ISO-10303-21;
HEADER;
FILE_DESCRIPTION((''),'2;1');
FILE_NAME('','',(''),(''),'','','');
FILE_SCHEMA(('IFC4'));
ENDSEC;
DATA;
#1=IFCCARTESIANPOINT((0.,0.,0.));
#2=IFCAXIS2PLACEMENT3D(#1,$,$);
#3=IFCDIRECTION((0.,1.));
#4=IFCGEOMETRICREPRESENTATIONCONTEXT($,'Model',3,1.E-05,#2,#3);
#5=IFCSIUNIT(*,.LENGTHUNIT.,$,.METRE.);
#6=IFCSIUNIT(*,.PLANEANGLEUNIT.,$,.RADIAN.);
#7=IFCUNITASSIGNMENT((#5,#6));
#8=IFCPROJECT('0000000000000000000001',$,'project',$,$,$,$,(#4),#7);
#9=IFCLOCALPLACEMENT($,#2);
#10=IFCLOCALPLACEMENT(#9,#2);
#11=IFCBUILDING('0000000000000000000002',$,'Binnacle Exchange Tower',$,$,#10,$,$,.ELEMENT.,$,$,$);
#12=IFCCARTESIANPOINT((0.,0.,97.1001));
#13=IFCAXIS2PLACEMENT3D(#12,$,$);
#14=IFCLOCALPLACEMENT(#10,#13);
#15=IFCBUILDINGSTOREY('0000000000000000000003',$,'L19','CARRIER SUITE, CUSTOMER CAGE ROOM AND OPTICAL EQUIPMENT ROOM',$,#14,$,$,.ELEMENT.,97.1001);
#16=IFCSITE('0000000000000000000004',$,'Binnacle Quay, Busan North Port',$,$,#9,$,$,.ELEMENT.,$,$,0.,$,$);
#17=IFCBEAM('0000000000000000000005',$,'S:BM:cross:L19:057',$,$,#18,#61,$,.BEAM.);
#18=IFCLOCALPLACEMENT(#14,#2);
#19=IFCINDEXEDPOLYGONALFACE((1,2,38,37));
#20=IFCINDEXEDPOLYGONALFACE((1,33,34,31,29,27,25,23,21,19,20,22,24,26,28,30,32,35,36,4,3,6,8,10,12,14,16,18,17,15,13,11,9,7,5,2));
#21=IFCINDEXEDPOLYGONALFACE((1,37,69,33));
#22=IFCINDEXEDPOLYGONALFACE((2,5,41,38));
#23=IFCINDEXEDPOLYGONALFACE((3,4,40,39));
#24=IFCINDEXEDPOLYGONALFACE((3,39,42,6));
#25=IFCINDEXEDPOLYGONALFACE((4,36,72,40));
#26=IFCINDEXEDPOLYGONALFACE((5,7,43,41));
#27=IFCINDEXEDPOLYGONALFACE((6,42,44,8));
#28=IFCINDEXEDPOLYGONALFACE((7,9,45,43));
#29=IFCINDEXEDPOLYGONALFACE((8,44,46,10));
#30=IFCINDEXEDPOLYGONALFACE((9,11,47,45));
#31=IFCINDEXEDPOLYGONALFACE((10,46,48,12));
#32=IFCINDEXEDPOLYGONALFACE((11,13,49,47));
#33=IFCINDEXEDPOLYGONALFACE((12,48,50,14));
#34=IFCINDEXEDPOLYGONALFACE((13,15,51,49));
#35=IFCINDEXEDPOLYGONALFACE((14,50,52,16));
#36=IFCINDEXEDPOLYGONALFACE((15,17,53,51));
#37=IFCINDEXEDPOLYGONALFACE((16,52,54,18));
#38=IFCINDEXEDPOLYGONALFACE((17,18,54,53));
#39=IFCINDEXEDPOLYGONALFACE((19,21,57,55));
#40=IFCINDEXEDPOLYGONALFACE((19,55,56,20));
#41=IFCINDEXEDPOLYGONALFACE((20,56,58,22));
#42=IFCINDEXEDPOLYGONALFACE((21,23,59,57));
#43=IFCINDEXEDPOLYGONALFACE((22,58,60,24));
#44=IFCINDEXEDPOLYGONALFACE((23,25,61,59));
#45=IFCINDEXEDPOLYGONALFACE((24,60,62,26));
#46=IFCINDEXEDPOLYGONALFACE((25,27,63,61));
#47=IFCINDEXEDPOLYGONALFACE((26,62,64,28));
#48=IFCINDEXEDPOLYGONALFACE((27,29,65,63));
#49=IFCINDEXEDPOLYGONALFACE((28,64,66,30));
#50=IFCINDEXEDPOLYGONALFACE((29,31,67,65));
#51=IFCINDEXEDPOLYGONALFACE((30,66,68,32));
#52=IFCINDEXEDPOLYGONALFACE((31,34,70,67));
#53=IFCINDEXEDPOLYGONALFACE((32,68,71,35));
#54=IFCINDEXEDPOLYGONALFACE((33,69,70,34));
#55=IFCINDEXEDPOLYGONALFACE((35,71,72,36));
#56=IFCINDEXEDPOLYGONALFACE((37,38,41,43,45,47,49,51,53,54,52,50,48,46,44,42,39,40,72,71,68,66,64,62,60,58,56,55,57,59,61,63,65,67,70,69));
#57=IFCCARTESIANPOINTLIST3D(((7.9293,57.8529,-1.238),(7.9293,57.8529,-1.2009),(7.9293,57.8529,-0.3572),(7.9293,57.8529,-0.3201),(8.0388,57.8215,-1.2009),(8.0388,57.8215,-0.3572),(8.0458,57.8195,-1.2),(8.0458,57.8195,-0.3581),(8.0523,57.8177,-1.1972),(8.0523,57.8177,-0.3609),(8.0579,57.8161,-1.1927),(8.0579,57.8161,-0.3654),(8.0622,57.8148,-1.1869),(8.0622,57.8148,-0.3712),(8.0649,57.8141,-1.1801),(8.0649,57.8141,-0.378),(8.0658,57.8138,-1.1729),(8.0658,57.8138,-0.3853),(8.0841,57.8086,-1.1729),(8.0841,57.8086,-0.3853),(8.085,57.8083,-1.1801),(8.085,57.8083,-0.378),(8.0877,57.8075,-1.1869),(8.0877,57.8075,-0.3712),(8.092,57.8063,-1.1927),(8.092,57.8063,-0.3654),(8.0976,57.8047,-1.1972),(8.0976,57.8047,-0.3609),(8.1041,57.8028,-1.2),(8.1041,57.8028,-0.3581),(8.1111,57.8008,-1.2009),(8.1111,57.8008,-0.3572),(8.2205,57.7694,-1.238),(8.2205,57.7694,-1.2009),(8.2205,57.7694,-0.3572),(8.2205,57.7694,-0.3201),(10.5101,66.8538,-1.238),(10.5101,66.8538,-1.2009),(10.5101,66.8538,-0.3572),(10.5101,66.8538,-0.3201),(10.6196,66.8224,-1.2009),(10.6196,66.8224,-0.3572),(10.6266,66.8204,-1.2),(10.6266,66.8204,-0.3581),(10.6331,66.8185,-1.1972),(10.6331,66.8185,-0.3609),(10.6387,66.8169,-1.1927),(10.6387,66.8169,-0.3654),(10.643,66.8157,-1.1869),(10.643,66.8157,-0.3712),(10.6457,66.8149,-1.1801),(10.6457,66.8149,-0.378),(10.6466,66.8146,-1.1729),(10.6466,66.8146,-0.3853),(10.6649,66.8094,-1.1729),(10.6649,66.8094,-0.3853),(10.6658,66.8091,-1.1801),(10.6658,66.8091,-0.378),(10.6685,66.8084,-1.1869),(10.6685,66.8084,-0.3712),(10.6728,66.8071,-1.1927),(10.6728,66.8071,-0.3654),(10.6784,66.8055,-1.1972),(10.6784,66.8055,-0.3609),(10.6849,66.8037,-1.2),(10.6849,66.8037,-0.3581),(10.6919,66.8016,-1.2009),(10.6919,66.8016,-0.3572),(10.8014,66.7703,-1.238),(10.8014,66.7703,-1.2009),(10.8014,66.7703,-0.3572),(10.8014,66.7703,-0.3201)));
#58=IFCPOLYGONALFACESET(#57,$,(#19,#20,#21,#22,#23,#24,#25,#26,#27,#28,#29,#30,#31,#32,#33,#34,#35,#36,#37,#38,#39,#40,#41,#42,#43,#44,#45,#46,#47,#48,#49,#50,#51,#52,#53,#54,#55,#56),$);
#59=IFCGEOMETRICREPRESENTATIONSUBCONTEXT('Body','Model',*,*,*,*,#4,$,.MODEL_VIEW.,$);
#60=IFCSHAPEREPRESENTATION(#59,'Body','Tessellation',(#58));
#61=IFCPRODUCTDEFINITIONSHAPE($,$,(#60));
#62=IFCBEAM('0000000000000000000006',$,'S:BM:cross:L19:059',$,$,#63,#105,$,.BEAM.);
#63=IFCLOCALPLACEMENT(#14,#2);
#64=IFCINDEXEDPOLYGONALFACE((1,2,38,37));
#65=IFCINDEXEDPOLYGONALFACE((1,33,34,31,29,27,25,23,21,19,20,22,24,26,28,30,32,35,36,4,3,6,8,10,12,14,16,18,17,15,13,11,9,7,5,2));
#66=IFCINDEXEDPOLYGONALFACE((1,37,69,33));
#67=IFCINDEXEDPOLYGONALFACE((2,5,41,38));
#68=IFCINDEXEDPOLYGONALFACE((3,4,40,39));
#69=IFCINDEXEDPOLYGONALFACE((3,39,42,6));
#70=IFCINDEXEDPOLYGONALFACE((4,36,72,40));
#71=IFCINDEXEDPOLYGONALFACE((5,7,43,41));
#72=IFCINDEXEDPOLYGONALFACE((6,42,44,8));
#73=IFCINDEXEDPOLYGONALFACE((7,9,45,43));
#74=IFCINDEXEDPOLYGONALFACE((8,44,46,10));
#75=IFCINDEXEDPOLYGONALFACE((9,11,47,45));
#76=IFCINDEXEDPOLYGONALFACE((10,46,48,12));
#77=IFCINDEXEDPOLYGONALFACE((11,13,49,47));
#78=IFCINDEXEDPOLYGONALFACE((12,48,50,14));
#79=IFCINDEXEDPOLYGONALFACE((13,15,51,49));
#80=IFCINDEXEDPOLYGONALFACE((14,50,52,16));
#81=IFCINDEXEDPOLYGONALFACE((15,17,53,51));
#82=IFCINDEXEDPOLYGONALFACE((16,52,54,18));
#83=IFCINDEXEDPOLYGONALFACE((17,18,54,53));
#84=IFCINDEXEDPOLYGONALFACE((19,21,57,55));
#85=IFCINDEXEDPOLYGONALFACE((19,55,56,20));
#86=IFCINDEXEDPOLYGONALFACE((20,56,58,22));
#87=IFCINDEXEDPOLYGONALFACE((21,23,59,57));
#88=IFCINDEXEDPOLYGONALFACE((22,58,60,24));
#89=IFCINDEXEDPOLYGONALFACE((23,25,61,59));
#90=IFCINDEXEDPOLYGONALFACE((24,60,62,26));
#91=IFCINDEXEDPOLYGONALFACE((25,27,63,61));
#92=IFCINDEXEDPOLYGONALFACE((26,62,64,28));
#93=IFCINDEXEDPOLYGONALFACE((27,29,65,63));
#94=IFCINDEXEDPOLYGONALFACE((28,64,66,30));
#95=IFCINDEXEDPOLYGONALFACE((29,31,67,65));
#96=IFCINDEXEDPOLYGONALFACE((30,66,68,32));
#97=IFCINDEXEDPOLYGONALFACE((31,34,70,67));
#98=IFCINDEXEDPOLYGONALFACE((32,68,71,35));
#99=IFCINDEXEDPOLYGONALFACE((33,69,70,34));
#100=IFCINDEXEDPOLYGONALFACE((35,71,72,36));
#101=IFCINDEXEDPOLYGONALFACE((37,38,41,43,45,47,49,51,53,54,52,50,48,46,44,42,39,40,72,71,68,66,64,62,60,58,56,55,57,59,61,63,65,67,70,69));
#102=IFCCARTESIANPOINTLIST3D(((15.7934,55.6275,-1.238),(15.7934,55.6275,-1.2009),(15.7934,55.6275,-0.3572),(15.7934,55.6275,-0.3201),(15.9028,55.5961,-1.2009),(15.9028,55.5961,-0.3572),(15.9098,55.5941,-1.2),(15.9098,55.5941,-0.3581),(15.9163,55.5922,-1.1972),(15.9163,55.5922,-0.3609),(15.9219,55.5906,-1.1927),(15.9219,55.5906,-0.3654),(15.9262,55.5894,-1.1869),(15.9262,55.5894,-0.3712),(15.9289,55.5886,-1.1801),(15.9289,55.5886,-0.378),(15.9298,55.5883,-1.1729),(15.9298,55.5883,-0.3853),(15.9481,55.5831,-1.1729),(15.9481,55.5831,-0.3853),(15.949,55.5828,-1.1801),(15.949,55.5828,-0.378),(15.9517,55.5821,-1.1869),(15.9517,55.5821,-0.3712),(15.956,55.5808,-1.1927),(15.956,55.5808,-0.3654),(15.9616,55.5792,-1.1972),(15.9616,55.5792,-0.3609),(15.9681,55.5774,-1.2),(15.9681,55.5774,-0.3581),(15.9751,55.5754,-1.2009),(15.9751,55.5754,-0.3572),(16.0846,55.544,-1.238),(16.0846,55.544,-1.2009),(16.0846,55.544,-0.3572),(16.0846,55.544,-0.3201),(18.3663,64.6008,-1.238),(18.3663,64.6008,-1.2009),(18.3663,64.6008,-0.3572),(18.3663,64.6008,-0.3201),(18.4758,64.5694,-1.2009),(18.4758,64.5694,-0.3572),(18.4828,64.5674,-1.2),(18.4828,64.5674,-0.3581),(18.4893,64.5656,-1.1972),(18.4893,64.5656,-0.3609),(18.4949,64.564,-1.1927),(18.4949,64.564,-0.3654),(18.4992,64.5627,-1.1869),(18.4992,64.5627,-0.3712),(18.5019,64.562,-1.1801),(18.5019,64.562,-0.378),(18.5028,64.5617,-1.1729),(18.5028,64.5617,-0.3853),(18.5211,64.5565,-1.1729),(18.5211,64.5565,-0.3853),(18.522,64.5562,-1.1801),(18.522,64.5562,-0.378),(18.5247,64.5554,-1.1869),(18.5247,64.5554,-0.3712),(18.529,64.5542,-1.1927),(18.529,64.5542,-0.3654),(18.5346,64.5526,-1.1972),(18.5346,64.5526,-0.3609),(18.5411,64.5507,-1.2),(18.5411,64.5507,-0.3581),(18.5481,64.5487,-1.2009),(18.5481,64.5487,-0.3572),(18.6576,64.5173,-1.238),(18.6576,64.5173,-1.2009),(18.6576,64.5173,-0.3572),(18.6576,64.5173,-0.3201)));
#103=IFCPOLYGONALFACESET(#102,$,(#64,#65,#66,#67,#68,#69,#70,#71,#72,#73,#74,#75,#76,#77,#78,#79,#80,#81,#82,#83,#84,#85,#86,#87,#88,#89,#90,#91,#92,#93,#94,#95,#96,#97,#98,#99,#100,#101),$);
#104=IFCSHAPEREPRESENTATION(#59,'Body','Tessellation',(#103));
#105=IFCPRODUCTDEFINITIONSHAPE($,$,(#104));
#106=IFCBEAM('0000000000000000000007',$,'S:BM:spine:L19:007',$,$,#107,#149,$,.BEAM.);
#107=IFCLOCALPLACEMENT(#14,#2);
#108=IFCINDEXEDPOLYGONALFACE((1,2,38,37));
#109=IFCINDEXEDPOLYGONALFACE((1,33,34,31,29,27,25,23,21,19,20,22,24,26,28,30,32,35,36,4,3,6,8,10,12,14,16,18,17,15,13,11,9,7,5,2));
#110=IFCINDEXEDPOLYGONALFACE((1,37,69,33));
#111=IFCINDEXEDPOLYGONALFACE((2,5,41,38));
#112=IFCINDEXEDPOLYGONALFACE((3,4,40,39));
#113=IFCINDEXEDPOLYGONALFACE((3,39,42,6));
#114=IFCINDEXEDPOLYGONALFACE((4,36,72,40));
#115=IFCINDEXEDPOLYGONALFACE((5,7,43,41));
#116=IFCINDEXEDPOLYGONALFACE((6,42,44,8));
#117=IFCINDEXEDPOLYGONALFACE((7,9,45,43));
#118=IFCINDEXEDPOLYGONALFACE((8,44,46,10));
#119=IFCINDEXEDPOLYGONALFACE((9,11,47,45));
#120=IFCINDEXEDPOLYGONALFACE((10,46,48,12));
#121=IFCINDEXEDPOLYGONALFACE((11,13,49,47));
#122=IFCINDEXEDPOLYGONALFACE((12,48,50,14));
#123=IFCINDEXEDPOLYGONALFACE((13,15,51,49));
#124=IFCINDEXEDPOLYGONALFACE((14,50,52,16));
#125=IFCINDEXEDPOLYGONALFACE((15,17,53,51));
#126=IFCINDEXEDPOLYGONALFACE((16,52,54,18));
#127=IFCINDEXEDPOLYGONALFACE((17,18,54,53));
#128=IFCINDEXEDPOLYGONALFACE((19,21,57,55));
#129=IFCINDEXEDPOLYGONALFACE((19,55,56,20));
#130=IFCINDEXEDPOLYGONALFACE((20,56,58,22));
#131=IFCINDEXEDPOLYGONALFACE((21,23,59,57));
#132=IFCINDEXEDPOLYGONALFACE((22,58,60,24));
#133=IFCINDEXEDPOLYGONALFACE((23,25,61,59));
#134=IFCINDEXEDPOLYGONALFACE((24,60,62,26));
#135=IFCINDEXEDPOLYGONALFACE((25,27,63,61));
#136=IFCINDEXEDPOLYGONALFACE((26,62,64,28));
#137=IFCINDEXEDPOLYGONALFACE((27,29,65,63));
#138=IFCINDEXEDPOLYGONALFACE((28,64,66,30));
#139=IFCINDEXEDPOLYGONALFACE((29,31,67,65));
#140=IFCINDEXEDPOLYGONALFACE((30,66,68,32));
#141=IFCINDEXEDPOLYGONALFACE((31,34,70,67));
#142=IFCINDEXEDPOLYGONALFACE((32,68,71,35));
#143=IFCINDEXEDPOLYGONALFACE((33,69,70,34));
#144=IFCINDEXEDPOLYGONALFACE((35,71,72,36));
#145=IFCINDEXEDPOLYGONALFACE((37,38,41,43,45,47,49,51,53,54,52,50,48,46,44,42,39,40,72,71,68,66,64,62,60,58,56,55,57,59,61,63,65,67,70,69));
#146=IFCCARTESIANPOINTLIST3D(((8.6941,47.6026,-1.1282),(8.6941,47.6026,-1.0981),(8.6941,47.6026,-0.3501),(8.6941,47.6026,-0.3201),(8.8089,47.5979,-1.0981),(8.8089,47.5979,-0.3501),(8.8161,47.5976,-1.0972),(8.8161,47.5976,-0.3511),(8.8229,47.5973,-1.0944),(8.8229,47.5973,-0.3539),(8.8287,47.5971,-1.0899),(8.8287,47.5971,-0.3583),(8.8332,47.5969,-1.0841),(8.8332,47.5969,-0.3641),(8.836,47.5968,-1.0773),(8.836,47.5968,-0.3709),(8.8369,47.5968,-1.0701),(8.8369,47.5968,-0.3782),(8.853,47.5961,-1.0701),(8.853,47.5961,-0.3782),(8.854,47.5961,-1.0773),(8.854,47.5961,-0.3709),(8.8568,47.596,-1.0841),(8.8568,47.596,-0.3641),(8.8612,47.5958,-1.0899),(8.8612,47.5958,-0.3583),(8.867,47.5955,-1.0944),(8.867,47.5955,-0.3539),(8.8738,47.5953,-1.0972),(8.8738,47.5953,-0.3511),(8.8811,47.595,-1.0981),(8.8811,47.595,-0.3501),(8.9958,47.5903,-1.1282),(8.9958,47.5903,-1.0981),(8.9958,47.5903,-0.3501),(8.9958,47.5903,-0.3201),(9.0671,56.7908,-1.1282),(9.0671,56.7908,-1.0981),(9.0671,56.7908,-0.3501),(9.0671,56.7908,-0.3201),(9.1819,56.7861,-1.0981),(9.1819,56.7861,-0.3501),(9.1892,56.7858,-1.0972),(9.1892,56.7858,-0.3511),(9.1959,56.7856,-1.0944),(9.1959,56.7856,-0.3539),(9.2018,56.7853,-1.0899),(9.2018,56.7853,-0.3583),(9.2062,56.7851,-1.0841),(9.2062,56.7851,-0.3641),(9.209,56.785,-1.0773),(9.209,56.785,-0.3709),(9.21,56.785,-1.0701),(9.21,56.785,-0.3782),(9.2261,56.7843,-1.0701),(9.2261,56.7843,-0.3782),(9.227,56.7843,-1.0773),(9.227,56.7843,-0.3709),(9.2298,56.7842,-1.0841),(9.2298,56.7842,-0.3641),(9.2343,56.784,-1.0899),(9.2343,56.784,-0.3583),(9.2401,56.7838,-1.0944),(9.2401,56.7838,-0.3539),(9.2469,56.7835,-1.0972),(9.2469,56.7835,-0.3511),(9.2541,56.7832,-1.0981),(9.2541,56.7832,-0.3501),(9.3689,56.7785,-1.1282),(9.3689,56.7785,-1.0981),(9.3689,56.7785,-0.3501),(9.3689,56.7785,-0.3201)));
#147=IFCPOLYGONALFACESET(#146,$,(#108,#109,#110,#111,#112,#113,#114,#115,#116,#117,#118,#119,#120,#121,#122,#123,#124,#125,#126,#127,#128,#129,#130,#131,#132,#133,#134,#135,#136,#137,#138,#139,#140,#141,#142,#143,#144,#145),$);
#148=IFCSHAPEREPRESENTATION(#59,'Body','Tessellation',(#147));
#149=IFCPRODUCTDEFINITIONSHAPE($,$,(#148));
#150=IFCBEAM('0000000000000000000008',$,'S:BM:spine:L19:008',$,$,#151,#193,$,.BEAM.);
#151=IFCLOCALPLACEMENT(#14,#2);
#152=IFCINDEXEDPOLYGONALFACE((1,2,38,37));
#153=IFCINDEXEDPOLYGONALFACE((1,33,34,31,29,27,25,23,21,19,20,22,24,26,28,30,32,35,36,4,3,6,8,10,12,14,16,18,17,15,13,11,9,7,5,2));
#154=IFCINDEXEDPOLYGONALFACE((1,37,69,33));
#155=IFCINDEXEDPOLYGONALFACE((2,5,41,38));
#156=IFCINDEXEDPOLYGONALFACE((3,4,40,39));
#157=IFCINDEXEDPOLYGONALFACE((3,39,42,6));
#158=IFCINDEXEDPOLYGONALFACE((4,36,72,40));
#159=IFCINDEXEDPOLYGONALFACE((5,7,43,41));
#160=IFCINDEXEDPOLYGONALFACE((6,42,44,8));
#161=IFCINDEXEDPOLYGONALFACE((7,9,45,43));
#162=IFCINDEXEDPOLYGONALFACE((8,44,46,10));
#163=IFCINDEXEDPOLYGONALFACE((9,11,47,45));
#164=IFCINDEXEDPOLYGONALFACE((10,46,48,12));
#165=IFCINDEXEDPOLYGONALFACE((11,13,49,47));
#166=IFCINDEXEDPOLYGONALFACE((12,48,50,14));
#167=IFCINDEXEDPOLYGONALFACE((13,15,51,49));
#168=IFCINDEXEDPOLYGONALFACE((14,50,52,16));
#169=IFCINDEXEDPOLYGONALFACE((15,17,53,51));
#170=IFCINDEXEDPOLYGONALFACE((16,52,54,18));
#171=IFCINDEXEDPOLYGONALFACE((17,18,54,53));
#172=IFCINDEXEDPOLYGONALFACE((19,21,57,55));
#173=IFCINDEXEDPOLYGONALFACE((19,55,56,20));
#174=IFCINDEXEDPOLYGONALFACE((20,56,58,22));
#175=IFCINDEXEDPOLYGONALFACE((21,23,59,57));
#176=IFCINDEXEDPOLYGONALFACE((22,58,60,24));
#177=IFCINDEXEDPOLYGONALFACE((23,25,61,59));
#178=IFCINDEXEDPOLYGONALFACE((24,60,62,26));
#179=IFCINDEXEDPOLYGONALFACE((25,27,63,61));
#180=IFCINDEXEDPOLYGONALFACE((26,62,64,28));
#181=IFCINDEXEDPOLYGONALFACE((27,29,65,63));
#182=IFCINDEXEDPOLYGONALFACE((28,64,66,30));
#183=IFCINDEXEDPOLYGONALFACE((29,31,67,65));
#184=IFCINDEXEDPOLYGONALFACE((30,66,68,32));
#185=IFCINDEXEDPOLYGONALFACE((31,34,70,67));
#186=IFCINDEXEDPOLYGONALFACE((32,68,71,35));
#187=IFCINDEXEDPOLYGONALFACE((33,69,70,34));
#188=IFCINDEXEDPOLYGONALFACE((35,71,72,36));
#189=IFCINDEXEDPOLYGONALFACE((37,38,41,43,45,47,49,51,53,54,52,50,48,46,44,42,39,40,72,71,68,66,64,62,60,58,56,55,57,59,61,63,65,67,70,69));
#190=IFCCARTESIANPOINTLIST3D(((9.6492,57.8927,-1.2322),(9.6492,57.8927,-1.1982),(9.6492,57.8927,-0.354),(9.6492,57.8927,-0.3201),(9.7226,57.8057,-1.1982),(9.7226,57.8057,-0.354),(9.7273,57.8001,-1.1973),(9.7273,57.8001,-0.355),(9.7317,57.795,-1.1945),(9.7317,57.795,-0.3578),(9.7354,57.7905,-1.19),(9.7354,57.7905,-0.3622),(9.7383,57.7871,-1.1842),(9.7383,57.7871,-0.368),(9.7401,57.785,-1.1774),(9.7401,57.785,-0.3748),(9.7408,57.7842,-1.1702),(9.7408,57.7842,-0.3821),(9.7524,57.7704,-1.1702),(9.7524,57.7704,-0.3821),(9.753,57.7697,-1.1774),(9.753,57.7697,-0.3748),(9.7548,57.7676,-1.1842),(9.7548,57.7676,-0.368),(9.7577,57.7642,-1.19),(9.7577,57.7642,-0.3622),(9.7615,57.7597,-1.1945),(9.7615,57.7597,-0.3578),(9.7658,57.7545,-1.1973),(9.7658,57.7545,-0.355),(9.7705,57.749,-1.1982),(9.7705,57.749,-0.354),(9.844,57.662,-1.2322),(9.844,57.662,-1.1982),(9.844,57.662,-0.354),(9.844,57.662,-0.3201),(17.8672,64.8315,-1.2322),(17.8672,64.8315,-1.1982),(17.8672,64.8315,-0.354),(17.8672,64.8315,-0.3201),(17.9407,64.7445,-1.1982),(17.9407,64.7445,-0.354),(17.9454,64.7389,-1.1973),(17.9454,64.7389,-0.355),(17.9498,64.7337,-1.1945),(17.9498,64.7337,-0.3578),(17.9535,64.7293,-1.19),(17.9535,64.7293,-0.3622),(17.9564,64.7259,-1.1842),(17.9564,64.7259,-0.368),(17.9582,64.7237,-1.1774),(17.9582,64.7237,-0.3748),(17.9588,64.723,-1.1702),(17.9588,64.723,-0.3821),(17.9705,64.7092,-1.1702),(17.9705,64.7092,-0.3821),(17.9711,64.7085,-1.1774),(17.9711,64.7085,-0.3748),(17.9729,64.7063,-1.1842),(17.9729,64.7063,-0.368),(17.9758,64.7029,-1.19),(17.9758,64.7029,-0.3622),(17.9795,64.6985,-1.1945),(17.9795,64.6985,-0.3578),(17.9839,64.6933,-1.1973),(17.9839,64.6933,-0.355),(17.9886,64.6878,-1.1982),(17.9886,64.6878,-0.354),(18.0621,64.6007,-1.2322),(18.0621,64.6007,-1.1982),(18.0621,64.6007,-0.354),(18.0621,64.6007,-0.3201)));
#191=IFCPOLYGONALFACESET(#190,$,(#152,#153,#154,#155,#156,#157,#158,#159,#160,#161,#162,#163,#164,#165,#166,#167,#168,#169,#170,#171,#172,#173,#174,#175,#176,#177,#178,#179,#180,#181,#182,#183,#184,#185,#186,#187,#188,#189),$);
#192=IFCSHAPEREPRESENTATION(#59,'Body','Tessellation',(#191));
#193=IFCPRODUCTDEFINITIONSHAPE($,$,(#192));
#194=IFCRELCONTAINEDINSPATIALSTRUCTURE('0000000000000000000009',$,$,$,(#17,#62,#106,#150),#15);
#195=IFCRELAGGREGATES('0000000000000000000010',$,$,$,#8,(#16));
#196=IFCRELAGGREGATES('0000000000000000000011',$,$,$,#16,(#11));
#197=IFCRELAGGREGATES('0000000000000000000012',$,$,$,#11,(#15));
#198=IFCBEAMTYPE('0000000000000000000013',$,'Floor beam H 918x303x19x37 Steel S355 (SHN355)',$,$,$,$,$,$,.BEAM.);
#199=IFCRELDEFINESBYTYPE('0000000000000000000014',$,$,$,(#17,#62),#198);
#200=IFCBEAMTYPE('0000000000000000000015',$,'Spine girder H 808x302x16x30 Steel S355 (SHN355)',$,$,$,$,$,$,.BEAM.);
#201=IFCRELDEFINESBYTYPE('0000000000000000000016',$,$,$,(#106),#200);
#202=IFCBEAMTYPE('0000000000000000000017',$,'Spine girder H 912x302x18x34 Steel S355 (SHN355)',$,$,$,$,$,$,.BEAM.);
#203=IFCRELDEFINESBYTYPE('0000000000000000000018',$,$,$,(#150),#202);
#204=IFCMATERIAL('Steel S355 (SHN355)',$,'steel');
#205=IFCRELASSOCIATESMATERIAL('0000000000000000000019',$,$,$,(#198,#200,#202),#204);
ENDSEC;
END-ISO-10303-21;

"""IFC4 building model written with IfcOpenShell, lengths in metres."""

from ifc_helpers import new_model, si_unit, direction, frame, origin, origin_2d, place, context, subcontext, project, spatial, i_section, extrude, material, material_profile, profile_set, type_object, element, save


model = new_model("IFC4")

# Units and contexts
model_context = context("Model", 3, precision=1e-05, world=origin(), true_north=direction((0.0, 1.0)))
body_context = subcontext(model_context, "Body", "Model", "MODEL_VIEW")
ifc_project = project(units=[si_unit("LENGTHUNIT", "METRE"), si_unit("PLANEANGLEUNIT", "RADIAN")], contexts=[model_context])

# Site, building, storey
site_placement = place(None, origin())
site = spatial("IfcSite", under=ifc_project, at=site_placement, Name="Binnacle Quay, Busan North Port", CompositionType="ELEMENT", RefElevation=0.0)
building_placement = place(site_placement, origin())
building = spatial("IfcBuilding", under=site, at=building_placement, Name="Binnacle Exchange Tower", CompositionType="ELEMENT")
storey_placement = place(building_placement, frame((0.0, 0.0, 97.1001)))
storey = spatial("IfcBuildingStorey", under=building, at=storey_placement, Name="L19", Description="CARRIER SUITE, CUSTOMER CAGE ROOM AND OPTICAL EQUIPMENT ROOM", CompositionType="ELEMENT", Elevation=97.1001)

# Beams
ifc_material_1 = material(Name="Steel S355 (SHN355)", Category="steel")
ifc_material_profile_1 = material_profile(ifc_material_1, i_section(OverallWidth=0.303, OverallDepth=0.918, WebThickness=0.019, FlangeThickness=0.0371, FilletRadius=0.0281, at=origin_2d()), Name="H 918x303x19x37")
ifc_profile_set_1 = profile_set([ifc_material_profile_1], Name="Steel S355 (SHN355)")
beam_type_1 = type_object("IfcBeamType", Name="Floor beam H 918x303x19x37 Steel S355 (SHN355)", PredefinedType="BEAM", material=ifc_profile_set_1)
beam_1_placement = place(storey_placement, frame((10.6558, 66.812, -0.7791), z_axis=(-0.275627, -0.961265, 0.0), x_axis=(0.961265, -0.275627, 0.0)))
element("IfcBeam", 1, at=beam_1_placement, inside=storey, type_object=beam_type_1, Name="S:BM:cross:L19:057", PredefinedType="BEAM", context=body_context, shape_type="SweptSolid", body=[
    extrude(i_section(OverallWidth=0.303, OverallDepth=0.918, WebThickness=0.019, FlangeThickness=0.0371, FilletRadius=0.0281, at=origin_2d()), origin(), (0.0, 0.0, 1.0), 9.3635),
])
beam_2_placement = place(storey_placement, frame((18.512, 64.5591, -0.7791), z_axis=(-0.275629, -0.961264, 0.0), x_axis=(0.961264, -0.275629, 0.0)))
element("IfcBeam", 2, at=beam_2_placement, inside=storey, type_object=beam_type_1, Name="S:BM:cross:L19:059", PredefinedType="BEAM", context=body_context, shape_type="SweptSolid", body=[
    extrude(i_section(OverallWidth=0.303, OverallDepth=0.918, WebThickness=0.019, FlangeThickness=0.0371, FilletRadius=0.0281, at=origin_2d()), origin(), (0.0, 0.0, 1.0), 9.335),
])
ifc_material_profile_2 = material_profile(ifc_material_1, i_section(OverallWidth=0.302, OverallDepth=0.8081, WebThickness=0.0161, FlangeThickness=0.03, FilletRadius=0.0281, at=origin_2d()), Name="H 808x302x16x30")
ifc_profile_set_2 = profile_set([ifc_material_profile_2], Name="Steel S355 (SHN355)")
beam_type_2 = type_object("IfcBeamType", Name="Spine girder H 808x302x16x30 Steel S355 (SHN355)", PredefinedType="BEAM", material=ifc_profile_set_2)
beam_3_placement = place(storey_placement, frame((9.218, 56.7847, -0.7241), z_axis=(-0.040567, -0.999177, 0.0), x_axis=(0.999177, -0.040567, 0.0)))
element("IfcBeam", 3, at=beam_3_placement, inside=storey, type_object=beam_type_2, Name="S:BM:spine:L19:007", PredefinedType="BEAM", context=body_context, shape_type="SweptSolid", body=[
    extrude(i_section(OverallWidth=0.302, OverallDepth=0.8081, WebThickness=0.0161, FlangeThickness=0.03, FilletRadius=0.0281, at=origin_2d()), origin(), (0.0, 0.0, 1.0), 9.1958),
])
ifc_material_profile_3 = material_profile(ifc_material_1, i_section(OverallWidth=0.302, OverallDepth=0.9121, WebThickness=0.0181, FlangeThickness=0.0339, FilletRadius=0.0281, at=origin_2d()), Name="H 912x302x18x34")
ifc_profile_set_3 = profile_set([ifc_material_profile_3], Name="Steel S355 (SHN355)")
beam_type_3 = type_object("IfcBeamType", Name="Spine girder H 912x302x18x34 Steel S355 (SHN355)", PredefinedType="BEAM", material=ifc_profile_set_3)
beam_4_placement = place(storey_placement, frame((9.7466, 57.7773, -0.7761), z_axis=(0.764073, 0.64513, 0.0), x_axis=(-0.64513, 0.764073, 0.0)))
element("IfcBeam", 4, at=beam_4_placement, inside=storey, type_object=beam_type_3, Name="S:BM:spine:L19:008", PredefinedType="BEAM", context=body_context, shape_type="SweptSolid", body=[
    extrude(i_section(OverallWidth=0.302, OverallDepth=0.9121, WebThickness=0.0181, FlangeThickness=0.0339, FilletRadius=0.0281, at=origin_2d()), origin(), (0.0, 0.0, 1.0), 10.7556),
])

save(model, "model.ifc")
